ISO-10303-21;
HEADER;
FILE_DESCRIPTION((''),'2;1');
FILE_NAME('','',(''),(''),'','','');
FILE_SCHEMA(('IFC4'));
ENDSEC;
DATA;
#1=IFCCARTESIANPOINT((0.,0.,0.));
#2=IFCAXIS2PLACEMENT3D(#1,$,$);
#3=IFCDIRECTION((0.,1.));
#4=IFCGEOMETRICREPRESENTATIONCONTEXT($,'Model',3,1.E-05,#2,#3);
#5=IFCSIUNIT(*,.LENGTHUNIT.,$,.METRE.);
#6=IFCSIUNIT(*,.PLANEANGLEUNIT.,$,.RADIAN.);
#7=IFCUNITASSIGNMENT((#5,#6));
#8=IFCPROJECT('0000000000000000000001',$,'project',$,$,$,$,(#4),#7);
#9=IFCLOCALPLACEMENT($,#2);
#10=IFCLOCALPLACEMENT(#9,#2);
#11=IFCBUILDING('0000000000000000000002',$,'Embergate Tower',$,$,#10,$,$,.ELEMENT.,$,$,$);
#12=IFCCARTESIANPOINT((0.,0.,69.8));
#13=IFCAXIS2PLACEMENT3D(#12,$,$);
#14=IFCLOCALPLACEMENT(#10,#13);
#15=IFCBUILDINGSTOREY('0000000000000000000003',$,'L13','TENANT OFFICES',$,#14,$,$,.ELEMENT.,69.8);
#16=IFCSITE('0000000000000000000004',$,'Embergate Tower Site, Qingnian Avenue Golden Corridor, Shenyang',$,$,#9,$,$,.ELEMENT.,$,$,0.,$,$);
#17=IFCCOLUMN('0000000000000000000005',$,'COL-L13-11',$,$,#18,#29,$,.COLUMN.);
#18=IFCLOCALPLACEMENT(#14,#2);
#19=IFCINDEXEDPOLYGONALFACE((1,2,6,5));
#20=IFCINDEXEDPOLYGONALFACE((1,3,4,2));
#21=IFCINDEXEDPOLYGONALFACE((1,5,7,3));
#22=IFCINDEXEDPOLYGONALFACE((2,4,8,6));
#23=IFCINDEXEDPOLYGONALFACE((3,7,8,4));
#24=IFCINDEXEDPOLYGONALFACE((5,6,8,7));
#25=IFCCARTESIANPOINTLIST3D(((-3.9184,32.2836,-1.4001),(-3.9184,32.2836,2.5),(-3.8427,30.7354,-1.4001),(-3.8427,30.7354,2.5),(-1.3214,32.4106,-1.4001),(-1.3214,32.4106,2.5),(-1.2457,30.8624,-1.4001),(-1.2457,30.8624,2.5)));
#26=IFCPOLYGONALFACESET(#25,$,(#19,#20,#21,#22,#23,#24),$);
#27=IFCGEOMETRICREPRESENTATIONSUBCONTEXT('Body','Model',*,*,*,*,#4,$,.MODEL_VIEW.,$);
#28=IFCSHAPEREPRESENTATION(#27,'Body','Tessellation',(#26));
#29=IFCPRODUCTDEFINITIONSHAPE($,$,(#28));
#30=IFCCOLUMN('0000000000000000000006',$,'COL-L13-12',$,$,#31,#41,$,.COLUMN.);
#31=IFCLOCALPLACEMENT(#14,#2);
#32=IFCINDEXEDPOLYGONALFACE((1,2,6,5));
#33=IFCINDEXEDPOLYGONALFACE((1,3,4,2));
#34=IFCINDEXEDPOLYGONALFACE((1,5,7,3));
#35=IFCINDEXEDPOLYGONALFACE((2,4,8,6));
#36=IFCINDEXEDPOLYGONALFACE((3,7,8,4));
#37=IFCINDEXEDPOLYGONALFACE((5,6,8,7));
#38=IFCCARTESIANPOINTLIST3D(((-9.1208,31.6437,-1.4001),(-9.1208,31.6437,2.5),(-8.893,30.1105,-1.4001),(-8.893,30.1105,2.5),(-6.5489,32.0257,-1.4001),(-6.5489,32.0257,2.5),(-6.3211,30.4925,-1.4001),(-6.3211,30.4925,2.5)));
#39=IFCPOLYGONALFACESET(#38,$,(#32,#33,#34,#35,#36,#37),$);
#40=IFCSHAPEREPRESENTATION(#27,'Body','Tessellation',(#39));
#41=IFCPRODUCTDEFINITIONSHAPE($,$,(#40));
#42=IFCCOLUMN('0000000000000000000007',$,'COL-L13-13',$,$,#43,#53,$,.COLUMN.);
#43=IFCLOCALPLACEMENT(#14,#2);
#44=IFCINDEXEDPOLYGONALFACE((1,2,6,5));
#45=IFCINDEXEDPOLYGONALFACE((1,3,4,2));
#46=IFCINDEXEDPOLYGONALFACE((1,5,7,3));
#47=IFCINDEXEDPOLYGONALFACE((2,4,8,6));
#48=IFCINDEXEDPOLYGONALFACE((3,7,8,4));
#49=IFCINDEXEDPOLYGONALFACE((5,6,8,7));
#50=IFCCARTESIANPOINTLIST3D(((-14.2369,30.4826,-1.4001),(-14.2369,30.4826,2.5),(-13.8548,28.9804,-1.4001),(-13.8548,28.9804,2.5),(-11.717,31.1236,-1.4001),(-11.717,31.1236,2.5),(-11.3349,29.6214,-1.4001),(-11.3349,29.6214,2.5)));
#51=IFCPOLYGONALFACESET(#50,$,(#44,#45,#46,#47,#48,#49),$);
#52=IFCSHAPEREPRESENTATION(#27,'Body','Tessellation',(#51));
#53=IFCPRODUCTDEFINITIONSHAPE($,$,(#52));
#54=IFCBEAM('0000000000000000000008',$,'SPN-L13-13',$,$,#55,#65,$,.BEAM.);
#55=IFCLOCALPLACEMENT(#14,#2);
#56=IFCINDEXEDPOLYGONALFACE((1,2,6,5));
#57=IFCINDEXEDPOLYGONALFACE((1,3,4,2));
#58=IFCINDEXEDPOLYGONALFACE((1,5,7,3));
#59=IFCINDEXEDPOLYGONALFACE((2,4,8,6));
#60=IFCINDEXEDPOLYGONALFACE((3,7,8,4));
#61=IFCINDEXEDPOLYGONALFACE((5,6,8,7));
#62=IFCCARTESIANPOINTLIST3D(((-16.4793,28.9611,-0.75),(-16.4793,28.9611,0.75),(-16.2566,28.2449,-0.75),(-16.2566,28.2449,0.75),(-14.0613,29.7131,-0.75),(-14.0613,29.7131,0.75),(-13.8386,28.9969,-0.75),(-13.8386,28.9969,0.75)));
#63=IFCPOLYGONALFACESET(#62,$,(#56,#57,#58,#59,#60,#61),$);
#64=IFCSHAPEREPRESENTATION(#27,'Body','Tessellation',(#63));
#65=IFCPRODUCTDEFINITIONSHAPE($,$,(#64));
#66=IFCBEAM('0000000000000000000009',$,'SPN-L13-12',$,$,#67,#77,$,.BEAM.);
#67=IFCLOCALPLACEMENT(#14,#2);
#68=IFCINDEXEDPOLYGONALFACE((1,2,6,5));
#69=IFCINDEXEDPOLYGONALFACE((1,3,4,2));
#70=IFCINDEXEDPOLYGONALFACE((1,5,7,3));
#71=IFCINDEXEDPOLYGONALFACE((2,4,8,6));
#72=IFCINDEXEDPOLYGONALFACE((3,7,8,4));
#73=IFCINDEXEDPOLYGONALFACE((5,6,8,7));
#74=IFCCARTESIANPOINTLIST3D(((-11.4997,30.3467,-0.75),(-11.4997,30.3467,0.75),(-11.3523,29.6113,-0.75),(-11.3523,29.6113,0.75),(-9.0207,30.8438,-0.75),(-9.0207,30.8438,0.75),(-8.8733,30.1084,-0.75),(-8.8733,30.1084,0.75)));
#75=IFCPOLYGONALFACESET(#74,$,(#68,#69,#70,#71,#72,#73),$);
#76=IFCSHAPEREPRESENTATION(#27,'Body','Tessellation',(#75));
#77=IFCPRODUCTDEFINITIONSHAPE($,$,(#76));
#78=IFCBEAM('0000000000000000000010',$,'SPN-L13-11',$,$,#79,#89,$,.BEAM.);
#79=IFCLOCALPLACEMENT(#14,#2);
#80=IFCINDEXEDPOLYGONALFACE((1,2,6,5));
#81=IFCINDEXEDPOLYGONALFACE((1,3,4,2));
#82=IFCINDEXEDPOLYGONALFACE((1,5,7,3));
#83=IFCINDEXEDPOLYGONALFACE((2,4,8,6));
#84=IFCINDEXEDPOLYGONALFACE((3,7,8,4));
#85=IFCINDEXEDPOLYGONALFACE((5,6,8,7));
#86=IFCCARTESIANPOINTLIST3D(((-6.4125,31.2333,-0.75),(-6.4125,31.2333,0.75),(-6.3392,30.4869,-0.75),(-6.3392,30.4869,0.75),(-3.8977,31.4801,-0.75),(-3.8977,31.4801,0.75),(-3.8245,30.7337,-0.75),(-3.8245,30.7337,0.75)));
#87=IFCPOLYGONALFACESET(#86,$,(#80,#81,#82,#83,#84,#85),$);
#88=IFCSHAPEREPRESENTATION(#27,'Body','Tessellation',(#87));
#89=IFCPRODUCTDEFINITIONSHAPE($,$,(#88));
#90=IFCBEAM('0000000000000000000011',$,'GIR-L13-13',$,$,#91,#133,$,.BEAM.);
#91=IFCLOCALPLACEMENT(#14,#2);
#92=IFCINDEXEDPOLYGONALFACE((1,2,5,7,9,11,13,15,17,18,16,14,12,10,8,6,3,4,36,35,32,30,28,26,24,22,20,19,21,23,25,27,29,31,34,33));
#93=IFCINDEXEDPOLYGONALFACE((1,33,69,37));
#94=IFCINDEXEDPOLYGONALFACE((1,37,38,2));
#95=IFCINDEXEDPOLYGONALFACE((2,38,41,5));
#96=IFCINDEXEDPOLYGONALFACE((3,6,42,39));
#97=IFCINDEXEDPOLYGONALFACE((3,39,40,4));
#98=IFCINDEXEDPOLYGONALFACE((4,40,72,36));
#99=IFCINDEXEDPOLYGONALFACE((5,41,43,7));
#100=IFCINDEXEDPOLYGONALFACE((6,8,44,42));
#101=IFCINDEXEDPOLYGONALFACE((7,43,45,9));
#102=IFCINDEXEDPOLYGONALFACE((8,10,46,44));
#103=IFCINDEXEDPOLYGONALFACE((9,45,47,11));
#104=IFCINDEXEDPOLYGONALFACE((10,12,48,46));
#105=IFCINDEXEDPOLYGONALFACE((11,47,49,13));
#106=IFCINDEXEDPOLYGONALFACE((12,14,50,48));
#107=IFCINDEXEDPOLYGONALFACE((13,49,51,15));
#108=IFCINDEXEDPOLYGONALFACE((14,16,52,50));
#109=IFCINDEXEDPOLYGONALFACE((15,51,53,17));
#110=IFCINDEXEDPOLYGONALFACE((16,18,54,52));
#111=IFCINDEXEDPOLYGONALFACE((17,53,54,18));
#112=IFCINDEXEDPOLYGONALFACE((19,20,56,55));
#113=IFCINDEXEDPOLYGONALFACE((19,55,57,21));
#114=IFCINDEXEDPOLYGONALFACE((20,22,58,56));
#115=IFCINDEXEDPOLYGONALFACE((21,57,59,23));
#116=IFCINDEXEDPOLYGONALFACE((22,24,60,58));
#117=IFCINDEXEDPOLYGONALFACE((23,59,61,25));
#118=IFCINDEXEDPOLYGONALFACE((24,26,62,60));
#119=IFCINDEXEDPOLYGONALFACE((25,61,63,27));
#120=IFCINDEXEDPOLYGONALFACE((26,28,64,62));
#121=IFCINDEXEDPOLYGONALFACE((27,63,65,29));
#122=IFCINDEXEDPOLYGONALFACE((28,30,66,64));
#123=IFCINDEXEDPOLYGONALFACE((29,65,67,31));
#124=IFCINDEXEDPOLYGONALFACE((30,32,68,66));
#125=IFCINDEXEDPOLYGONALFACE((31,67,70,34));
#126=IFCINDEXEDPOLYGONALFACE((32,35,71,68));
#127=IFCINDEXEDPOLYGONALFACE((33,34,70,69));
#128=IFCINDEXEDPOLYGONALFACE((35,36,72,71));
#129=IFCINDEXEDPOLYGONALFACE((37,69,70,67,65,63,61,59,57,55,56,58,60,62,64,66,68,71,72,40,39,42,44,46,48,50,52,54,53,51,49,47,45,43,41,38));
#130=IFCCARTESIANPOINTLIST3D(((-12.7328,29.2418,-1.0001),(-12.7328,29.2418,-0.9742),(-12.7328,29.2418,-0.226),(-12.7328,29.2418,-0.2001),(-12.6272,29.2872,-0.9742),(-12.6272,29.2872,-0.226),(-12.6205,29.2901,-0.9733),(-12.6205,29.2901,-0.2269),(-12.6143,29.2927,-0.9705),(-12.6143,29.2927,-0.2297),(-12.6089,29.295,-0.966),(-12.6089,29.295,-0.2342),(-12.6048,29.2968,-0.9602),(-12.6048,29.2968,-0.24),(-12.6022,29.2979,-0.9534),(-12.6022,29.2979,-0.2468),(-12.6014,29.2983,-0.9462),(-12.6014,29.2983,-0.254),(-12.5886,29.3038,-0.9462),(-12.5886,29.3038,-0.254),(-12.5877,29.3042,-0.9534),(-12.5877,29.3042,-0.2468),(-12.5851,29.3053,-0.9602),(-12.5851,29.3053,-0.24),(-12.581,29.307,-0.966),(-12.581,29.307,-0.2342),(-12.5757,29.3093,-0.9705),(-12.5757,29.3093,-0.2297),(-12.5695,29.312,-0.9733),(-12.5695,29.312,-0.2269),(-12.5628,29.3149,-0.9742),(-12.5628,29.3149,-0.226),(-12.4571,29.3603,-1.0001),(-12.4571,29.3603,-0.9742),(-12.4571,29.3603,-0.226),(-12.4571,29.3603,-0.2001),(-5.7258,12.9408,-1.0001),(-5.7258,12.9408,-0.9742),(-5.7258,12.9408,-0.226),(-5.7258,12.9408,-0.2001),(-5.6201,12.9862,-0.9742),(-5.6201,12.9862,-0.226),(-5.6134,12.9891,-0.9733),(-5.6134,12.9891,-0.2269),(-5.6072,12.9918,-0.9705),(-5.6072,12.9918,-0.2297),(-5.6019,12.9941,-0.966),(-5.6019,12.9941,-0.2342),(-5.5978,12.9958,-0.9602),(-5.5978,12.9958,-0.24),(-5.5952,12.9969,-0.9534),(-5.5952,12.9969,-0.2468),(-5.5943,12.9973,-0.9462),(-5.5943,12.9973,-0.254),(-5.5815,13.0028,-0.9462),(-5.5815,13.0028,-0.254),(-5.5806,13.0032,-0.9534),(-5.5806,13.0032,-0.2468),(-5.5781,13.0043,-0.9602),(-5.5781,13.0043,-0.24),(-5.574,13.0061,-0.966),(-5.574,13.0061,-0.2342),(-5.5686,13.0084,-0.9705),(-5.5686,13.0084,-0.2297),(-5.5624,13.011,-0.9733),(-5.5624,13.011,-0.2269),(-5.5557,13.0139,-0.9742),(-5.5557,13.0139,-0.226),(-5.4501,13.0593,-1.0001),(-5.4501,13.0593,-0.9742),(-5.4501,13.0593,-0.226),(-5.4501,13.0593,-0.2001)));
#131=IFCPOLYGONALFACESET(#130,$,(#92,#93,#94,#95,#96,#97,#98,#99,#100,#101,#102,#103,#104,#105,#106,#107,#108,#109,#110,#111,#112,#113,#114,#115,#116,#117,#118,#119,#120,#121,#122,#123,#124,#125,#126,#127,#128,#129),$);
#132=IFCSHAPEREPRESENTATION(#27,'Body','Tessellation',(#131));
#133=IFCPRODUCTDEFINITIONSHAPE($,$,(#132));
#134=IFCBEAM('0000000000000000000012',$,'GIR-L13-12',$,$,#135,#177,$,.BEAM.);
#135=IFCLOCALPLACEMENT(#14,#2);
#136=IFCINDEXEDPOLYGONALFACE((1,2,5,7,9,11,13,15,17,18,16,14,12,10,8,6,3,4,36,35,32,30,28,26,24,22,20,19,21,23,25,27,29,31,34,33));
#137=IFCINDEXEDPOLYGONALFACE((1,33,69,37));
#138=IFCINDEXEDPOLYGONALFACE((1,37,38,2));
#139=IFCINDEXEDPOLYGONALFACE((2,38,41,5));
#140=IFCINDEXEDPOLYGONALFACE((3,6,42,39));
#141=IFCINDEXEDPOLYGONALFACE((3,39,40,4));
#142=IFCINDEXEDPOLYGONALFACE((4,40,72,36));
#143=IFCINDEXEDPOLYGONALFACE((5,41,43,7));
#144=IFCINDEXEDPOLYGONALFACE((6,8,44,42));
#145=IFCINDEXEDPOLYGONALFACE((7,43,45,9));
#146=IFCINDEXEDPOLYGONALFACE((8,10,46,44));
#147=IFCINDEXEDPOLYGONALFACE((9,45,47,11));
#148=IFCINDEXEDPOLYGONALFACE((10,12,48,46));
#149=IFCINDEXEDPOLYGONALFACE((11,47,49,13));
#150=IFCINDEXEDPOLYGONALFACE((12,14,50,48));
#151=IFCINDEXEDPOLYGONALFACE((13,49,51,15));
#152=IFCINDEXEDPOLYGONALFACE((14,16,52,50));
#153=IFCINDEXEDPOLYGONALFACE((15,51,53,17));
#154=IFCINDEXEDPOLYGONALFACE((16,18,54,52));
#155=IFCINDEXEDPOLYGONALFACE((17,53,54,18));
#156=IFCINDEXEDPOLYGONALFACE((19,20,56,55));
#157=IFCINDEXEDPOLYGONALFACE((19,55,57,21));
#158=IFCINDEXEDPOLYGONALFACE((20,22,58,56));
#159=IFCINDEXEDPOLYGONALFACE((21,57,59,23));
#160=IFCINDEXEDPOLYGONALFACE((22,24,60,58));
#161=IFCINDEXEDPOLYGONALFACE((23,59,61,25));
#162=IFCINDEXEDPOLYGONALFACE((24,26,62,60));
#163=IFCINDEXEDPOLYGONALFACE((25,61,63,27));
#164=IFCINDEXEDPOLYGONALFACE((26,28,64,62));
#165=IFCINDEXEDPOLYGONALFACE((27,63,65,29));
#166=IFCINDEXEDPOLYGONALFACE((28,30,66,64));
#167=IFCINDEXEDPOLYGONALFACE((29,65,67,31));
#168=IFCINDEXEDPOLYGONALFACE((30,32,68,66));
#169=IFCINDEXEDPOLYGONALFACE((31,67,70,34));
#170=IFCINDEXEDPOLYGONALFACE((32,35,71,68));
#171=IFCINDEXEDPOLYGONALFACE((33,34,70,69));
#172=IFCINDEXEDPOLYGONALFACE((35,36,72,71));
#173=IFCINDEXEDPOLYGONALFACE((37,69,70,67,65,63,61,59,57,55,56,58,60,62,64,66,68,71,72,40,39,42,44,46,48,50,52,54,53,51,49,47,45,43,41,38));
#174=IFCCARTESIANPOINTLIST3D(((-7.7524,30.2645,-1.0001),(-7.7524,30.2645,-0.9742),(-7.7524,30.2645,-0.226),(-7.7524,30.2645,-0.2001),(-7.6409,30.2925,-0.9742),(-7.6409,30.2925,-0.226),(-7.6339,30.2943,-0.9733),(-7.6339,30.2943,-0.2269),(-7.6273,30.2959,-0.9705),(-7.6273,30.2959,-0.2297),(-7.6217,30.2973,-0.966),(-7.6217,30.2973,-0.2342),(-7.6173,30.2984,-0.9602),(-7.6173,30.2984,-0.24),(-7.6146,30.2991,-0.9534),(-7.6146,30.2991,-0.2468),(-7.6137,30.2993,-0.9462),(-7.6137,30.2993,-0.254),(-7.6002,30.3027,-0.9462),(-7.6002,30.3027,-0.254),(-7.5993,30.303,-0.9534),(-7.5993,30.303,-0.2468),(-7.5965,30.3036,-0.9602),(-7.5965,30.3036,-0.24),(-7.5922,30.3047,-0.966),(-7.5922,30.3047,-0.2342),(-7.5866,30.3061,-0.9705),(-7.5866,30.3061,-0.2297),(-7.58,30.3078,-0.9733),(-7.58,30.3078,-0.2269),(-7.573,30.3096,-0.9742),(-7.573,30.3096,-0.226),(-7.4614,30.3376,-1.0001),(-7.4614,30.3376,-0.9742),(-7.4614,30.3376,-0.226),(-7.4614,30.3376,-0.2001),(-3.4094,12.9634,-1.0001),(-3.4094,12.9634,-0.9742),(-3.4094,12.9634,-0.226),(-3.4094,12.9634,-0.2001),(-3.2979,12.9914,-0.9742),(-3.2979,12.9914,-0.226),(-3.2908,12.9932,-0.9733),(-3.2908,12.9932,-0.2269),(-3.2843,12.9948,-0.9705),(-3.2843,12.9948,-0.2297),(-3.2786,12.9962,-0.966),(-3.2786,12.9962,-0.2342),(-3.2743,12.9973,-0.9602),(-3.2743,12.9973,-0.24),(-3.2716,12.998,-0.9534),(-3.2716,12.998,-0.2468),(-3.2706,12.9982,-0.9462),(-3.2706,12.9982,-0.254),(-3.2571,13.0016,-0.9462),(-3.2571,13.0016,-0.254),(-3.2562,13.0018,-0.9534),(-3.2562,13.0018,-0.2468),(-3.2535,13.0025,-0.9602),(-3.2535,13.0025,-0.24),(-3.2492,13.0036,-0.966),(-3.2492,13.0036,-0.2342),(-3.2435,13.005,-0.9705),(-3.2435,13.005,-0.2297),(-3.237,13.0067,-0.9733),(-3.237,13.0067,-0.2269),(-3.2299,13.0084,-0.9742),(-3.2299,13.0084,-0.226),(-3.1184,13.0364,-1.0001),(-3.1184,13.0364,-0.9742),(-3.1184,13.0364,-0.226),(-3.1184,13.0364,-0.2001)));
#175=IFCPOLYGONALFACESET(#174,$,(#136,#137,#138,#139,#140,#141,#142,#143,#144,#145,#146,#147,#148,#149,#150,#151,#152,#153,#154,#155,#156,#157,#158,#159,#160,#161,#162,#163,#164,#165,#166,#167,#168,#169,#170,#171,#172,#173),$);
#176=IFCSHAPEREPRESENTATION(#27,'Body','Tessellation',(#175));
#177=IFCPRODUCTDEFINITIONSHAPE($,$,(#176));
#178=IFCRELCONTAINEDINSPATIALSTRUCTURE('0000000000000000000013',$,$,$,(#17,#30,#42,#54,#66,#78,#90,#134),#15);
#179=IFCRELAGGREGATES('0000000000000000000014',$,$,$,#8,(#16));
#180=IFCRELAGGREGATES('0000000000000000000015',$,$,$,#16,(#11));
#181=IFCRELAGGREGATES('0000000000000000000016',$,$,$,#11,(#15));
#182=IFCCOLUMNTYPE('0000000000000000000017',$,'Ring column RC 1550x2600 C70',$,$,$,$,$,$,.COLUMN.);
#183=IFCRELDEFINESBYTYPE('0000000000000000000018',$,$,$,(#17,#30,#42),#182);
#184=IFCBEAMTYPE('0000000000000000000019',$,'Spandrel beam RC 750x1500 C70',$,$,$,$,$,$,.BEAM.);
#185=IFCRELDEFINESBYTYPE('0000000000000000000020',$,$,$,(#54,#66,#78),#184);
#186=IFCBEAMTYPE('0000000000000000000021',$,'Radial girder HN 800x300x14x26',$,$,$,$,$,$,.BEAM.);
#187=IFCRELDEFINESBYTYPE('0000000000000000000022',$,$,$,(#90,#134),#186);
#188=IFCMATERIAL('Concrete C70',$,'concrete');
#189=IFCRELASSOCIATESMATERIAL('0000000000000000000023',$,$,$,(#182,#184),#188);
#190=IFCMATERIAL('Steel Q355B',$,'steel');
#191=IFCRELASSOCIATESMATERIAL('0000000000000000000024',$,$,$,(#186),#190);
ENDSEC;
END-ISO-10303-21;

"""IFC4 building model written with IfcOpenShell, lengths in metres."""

from ifc_helpers import new_model, si_unit, direction, frame, origin, origin_2d, place, context, subcontext, project, spatial, rectangle, i_section, extrude, source, transform, mapped, material, material_profile, profile_set, type_object, element, save


model = new_model("IFC4")

# Units and contexts
model_context = context("Model", 3, precision=1e-05, world=origin(), true_north=direction((0.0, 1.0)))
body_context = subcontext(model_context, "Body", "Model", "MODEL_VIEW")
ifc_project = project(units=[si_unit("LENGTHUNIT", "METRE"), si_unit("PLANEANGLEUNIT", "RADIAN")], contexts=[model_context])

# Site, building, storey
site_placement = place(None, origin())
site = spatial("IfcSite", under=ifc_project, at=site_placement, Name="Embergate Tower Site, Qingnian Avenue Golden Corridor, Shenyang", CompositionType="ELEMENT", RefElevation=0.0)
building_placement = place(site_placement, origin())
building = spatial("IfcBuilding", under=site, at=building_placement, Name="Embergate Tower", CompositionType="ELEMENT")
storey_placement = place(building_placement, frame((0.0, 0.0, 69.8)))
storey = spatial("IfcBuildingStorey", under=building, at=storey_placement, Name="L13", Description="TENANT OFFICES", CompositionType="ELEMENT", Elevation=69.8)

# Columns
ifc_material_1 = material(Name="Concrete C70", Category="concrete")
ifc_material_profile_1 = material_profile(ifc_material_1, rectangle(XDim=1.55, YDim=2.6001, at=origin_2d()), Name="RC 1550x2600")
ifc_profile_set_1 = profile_set([ifc_material_profile_1], Name="Concrete C70")
column_type = type_object("IfcColumnType", Name="Ring column RC 1550x2600 C70", PredefinedType="COLUMN", material=ifc_profile_set_1)
shared_shape_1 = source(origin(), body_context, "Body", "SweptSolid", [
    extrude(rectangle(XDim=1.55, YDim=2.6001, at=origin_2d()), origin(), (0.0, 0.0, 1.0), 3.9001),
])
for number, where, z_axis, x_axis, name in (
    (1, (-2.582, 31.573, -1.4001), (0.0, 0.0, 1.0), (-0.048815, 0.998808, 0.0), "COL-L13-11"),
    (2, (-7.7209, 31.0681, -1.4001), (0.0, 0.0, 1.0), (-0.146929, 0.989147, 0.0), "COL-L13-12"),
    (3, (-12.7859, 30.052, -1.4001), (0.0, 0.0, 1.0), (-0.246509, 0.969141, 0.0), "COL-L13-13"),
):
    element("IfcColumn", number, at=place(storey_placement, frame(where, z_axis=z_axis, x_axis=x_axis)), inside=storey, type_object=column_type, Name=name, PredefinedType="COLUMN", context=body_context, shape_type="MappedRepresentation", body=[
        mapped(shared_shape_1, transform((0.0, 0.0, 0.0))),
    ])

# Beams
ifc_material_profile_2 = material_profile(ifc_material_1, rectangle(XDim=0.75, YDim=1.5, at=origin_2d()), Name="RC 750x1500")
ifc_profile_set_2 = profile_set([ifc_material_profile_2], Name="Concrete C70")
beam_type_1 = type_object("IfcBeamType", Name="Spandrel beam RC 750x1500 C70", PredefinedType="BEAM", material=ifc_profile_set_2)
shared_shape_2 = source(origin(), body_context, "Body", "SweptSolid", [
    extrude(rectangle(XDim=0.75, YDim=1.5, at=origin_2d()), origin(), (0.0, 0.0, 1.0), 2.5322),
])
beam_1_placement = place(storey_placement, frame((-13.95, 29.355, 0.0), z_axis=(-0.954891, -0.296957, 0.0), x_axis=(0.296957, -0.954891, 0.0)))
element("IfcBeam", 4, at=beam_1_placement, inside=storey, type_object=beam_type_1, Name="SPN-L13-13", PredefinedType="BEAM", context=body_context, shape_type="MappedRepresentation", body=[
    mapped(shared_shape_2, transform((0.0, 0.0, 0.0))),
])
shared_shape_3 = source(origin(), body_context, "Body", "SweptSolid", [
    extrude(rectangle(XDim=0.75, YDim=1.5, at=origin_2d()), origin(), (0.0, 0.0, 1.0), 2.5283),
])
beam_2_placement = place(storey_placement, frame((-8.947, 30.4761, 0.0), z_axis=(-0.980484, -0.196599, 0.0), x_axis=(0.196599, -0.980484, 0.0)))
element("IfcBeam", 5, at=beam_2_placement, inside=storey, type_object=beam_type_1, Name="SPN-L13-12", PredefinedType="BEAM", context=body_context, shape_type="MappedRepresentation", body=[
    mapped(shared_shape_3, transform((0.0, 0.0, 0.0))),
])
shared_shape_4 = source(origin(), body_context, "Body", "SweptSolid", [
    extrude(rectangle(XDim=0.75, YDim=1.5, at=origin_2d()), origin(), (0.0, 0.0, 1.0), 2.5269),
])
beam_3_placement = place(storey_placement, frame((-3.8611, 31.1069, 0.0), z_axis=(-0.995218, -0.097676, 0.0), x_axis=(0.097676, -0.995218, 0.0)))
element("IfcBeam", 6, at=beam_3_placement, inside=storey, type_object=beam_type_1, Name="SPN-L13-11", PredefinedType="BEAM", context=body_context, shape_type="MappedRepresentation", body=[
    mapped(shared_shape_4, transform((0.0, 0.0, 0.0))),
])
ifc_material_2 = material(Name="Steel Q355B", Category="steel")
ifc_material_profile_3 = material_profile(ifc_material_2, i_section(OverallWidth=0.3, OverallDepth=0.8, WebThickness=0.0139, FlangeThickness=0.0259, FilletRadius=0.0281, at=origin_2d()), Name="HN 800x300x14x26")
ifc_profile_set_3 = profile_set([ifc_material_profile_3], Name="Steel Q355 grade B")
beam_type_2 = type_object("IfcBeamType", Name="Radial girder HN 800x300x14x26", PredefinedType="BEAM", material=ifc_profile_set_3)
shared_shape_5 = source(origin(), body_context, "Body", "SweptSolid", [
    extrude(i_section(OverallWidth=0.3, OverallDepth=0.8, WebThickness=0.0139, FlangeThickness=0.0259, FilletRadius=0.0281, at=origin_2d()), origin(), (0.0, 0.0, 1.0), 17.7432),
])
beam_4_placement = place(storey_placement, frame((-12.595, 29.301, -0.6001), z_axis=(0.394915, -0.918717, 0.0), x_axis=(0.918717, 0.394915, 0.0)))
element("IfcBeam", 7, at=beam_4_placement, inside=storey, type_object=beam_type_2, Name="GIR-L13-13", PredefinedType="BEAM", context=body_context, shape_type="MappedRepresentation", body=[
    mapped(shared_shape_5, transform((0.0, 0.0, 0.0))),
])
shared_shape_6 = source(origin(), body_context, "Body", "SweptSolid", [
    extrude(i_section(OverallWidth=0.3, OverallDepth=0.8, WebThickness=0.0139, FlangeThickness=0.0259, FilletRadius=0.0281, at=origin_2d()), origin(), (0.0, 0.0, 1.0), 17.8379),
])
beam_5_placement = place(storey_placement, frame((-7.6069, 30.301, -0.6001), z_axis=(0.243473, -0.969908, 0.0), x_axis=(0.969908, 0.243473, 0.0)))
element("IfcBeam", 8, at=beam_5_placement, inside=storey, type_object=beam_type_2, Name="GIR-L13-12", PredefinedType="BEAM", context=body_context, shape_type="MappedRepresentation", body=[
    mapped(shared_shape_6, transform((0.0, 0.0, 0.0))),
])

save(model, "model.ifc")
